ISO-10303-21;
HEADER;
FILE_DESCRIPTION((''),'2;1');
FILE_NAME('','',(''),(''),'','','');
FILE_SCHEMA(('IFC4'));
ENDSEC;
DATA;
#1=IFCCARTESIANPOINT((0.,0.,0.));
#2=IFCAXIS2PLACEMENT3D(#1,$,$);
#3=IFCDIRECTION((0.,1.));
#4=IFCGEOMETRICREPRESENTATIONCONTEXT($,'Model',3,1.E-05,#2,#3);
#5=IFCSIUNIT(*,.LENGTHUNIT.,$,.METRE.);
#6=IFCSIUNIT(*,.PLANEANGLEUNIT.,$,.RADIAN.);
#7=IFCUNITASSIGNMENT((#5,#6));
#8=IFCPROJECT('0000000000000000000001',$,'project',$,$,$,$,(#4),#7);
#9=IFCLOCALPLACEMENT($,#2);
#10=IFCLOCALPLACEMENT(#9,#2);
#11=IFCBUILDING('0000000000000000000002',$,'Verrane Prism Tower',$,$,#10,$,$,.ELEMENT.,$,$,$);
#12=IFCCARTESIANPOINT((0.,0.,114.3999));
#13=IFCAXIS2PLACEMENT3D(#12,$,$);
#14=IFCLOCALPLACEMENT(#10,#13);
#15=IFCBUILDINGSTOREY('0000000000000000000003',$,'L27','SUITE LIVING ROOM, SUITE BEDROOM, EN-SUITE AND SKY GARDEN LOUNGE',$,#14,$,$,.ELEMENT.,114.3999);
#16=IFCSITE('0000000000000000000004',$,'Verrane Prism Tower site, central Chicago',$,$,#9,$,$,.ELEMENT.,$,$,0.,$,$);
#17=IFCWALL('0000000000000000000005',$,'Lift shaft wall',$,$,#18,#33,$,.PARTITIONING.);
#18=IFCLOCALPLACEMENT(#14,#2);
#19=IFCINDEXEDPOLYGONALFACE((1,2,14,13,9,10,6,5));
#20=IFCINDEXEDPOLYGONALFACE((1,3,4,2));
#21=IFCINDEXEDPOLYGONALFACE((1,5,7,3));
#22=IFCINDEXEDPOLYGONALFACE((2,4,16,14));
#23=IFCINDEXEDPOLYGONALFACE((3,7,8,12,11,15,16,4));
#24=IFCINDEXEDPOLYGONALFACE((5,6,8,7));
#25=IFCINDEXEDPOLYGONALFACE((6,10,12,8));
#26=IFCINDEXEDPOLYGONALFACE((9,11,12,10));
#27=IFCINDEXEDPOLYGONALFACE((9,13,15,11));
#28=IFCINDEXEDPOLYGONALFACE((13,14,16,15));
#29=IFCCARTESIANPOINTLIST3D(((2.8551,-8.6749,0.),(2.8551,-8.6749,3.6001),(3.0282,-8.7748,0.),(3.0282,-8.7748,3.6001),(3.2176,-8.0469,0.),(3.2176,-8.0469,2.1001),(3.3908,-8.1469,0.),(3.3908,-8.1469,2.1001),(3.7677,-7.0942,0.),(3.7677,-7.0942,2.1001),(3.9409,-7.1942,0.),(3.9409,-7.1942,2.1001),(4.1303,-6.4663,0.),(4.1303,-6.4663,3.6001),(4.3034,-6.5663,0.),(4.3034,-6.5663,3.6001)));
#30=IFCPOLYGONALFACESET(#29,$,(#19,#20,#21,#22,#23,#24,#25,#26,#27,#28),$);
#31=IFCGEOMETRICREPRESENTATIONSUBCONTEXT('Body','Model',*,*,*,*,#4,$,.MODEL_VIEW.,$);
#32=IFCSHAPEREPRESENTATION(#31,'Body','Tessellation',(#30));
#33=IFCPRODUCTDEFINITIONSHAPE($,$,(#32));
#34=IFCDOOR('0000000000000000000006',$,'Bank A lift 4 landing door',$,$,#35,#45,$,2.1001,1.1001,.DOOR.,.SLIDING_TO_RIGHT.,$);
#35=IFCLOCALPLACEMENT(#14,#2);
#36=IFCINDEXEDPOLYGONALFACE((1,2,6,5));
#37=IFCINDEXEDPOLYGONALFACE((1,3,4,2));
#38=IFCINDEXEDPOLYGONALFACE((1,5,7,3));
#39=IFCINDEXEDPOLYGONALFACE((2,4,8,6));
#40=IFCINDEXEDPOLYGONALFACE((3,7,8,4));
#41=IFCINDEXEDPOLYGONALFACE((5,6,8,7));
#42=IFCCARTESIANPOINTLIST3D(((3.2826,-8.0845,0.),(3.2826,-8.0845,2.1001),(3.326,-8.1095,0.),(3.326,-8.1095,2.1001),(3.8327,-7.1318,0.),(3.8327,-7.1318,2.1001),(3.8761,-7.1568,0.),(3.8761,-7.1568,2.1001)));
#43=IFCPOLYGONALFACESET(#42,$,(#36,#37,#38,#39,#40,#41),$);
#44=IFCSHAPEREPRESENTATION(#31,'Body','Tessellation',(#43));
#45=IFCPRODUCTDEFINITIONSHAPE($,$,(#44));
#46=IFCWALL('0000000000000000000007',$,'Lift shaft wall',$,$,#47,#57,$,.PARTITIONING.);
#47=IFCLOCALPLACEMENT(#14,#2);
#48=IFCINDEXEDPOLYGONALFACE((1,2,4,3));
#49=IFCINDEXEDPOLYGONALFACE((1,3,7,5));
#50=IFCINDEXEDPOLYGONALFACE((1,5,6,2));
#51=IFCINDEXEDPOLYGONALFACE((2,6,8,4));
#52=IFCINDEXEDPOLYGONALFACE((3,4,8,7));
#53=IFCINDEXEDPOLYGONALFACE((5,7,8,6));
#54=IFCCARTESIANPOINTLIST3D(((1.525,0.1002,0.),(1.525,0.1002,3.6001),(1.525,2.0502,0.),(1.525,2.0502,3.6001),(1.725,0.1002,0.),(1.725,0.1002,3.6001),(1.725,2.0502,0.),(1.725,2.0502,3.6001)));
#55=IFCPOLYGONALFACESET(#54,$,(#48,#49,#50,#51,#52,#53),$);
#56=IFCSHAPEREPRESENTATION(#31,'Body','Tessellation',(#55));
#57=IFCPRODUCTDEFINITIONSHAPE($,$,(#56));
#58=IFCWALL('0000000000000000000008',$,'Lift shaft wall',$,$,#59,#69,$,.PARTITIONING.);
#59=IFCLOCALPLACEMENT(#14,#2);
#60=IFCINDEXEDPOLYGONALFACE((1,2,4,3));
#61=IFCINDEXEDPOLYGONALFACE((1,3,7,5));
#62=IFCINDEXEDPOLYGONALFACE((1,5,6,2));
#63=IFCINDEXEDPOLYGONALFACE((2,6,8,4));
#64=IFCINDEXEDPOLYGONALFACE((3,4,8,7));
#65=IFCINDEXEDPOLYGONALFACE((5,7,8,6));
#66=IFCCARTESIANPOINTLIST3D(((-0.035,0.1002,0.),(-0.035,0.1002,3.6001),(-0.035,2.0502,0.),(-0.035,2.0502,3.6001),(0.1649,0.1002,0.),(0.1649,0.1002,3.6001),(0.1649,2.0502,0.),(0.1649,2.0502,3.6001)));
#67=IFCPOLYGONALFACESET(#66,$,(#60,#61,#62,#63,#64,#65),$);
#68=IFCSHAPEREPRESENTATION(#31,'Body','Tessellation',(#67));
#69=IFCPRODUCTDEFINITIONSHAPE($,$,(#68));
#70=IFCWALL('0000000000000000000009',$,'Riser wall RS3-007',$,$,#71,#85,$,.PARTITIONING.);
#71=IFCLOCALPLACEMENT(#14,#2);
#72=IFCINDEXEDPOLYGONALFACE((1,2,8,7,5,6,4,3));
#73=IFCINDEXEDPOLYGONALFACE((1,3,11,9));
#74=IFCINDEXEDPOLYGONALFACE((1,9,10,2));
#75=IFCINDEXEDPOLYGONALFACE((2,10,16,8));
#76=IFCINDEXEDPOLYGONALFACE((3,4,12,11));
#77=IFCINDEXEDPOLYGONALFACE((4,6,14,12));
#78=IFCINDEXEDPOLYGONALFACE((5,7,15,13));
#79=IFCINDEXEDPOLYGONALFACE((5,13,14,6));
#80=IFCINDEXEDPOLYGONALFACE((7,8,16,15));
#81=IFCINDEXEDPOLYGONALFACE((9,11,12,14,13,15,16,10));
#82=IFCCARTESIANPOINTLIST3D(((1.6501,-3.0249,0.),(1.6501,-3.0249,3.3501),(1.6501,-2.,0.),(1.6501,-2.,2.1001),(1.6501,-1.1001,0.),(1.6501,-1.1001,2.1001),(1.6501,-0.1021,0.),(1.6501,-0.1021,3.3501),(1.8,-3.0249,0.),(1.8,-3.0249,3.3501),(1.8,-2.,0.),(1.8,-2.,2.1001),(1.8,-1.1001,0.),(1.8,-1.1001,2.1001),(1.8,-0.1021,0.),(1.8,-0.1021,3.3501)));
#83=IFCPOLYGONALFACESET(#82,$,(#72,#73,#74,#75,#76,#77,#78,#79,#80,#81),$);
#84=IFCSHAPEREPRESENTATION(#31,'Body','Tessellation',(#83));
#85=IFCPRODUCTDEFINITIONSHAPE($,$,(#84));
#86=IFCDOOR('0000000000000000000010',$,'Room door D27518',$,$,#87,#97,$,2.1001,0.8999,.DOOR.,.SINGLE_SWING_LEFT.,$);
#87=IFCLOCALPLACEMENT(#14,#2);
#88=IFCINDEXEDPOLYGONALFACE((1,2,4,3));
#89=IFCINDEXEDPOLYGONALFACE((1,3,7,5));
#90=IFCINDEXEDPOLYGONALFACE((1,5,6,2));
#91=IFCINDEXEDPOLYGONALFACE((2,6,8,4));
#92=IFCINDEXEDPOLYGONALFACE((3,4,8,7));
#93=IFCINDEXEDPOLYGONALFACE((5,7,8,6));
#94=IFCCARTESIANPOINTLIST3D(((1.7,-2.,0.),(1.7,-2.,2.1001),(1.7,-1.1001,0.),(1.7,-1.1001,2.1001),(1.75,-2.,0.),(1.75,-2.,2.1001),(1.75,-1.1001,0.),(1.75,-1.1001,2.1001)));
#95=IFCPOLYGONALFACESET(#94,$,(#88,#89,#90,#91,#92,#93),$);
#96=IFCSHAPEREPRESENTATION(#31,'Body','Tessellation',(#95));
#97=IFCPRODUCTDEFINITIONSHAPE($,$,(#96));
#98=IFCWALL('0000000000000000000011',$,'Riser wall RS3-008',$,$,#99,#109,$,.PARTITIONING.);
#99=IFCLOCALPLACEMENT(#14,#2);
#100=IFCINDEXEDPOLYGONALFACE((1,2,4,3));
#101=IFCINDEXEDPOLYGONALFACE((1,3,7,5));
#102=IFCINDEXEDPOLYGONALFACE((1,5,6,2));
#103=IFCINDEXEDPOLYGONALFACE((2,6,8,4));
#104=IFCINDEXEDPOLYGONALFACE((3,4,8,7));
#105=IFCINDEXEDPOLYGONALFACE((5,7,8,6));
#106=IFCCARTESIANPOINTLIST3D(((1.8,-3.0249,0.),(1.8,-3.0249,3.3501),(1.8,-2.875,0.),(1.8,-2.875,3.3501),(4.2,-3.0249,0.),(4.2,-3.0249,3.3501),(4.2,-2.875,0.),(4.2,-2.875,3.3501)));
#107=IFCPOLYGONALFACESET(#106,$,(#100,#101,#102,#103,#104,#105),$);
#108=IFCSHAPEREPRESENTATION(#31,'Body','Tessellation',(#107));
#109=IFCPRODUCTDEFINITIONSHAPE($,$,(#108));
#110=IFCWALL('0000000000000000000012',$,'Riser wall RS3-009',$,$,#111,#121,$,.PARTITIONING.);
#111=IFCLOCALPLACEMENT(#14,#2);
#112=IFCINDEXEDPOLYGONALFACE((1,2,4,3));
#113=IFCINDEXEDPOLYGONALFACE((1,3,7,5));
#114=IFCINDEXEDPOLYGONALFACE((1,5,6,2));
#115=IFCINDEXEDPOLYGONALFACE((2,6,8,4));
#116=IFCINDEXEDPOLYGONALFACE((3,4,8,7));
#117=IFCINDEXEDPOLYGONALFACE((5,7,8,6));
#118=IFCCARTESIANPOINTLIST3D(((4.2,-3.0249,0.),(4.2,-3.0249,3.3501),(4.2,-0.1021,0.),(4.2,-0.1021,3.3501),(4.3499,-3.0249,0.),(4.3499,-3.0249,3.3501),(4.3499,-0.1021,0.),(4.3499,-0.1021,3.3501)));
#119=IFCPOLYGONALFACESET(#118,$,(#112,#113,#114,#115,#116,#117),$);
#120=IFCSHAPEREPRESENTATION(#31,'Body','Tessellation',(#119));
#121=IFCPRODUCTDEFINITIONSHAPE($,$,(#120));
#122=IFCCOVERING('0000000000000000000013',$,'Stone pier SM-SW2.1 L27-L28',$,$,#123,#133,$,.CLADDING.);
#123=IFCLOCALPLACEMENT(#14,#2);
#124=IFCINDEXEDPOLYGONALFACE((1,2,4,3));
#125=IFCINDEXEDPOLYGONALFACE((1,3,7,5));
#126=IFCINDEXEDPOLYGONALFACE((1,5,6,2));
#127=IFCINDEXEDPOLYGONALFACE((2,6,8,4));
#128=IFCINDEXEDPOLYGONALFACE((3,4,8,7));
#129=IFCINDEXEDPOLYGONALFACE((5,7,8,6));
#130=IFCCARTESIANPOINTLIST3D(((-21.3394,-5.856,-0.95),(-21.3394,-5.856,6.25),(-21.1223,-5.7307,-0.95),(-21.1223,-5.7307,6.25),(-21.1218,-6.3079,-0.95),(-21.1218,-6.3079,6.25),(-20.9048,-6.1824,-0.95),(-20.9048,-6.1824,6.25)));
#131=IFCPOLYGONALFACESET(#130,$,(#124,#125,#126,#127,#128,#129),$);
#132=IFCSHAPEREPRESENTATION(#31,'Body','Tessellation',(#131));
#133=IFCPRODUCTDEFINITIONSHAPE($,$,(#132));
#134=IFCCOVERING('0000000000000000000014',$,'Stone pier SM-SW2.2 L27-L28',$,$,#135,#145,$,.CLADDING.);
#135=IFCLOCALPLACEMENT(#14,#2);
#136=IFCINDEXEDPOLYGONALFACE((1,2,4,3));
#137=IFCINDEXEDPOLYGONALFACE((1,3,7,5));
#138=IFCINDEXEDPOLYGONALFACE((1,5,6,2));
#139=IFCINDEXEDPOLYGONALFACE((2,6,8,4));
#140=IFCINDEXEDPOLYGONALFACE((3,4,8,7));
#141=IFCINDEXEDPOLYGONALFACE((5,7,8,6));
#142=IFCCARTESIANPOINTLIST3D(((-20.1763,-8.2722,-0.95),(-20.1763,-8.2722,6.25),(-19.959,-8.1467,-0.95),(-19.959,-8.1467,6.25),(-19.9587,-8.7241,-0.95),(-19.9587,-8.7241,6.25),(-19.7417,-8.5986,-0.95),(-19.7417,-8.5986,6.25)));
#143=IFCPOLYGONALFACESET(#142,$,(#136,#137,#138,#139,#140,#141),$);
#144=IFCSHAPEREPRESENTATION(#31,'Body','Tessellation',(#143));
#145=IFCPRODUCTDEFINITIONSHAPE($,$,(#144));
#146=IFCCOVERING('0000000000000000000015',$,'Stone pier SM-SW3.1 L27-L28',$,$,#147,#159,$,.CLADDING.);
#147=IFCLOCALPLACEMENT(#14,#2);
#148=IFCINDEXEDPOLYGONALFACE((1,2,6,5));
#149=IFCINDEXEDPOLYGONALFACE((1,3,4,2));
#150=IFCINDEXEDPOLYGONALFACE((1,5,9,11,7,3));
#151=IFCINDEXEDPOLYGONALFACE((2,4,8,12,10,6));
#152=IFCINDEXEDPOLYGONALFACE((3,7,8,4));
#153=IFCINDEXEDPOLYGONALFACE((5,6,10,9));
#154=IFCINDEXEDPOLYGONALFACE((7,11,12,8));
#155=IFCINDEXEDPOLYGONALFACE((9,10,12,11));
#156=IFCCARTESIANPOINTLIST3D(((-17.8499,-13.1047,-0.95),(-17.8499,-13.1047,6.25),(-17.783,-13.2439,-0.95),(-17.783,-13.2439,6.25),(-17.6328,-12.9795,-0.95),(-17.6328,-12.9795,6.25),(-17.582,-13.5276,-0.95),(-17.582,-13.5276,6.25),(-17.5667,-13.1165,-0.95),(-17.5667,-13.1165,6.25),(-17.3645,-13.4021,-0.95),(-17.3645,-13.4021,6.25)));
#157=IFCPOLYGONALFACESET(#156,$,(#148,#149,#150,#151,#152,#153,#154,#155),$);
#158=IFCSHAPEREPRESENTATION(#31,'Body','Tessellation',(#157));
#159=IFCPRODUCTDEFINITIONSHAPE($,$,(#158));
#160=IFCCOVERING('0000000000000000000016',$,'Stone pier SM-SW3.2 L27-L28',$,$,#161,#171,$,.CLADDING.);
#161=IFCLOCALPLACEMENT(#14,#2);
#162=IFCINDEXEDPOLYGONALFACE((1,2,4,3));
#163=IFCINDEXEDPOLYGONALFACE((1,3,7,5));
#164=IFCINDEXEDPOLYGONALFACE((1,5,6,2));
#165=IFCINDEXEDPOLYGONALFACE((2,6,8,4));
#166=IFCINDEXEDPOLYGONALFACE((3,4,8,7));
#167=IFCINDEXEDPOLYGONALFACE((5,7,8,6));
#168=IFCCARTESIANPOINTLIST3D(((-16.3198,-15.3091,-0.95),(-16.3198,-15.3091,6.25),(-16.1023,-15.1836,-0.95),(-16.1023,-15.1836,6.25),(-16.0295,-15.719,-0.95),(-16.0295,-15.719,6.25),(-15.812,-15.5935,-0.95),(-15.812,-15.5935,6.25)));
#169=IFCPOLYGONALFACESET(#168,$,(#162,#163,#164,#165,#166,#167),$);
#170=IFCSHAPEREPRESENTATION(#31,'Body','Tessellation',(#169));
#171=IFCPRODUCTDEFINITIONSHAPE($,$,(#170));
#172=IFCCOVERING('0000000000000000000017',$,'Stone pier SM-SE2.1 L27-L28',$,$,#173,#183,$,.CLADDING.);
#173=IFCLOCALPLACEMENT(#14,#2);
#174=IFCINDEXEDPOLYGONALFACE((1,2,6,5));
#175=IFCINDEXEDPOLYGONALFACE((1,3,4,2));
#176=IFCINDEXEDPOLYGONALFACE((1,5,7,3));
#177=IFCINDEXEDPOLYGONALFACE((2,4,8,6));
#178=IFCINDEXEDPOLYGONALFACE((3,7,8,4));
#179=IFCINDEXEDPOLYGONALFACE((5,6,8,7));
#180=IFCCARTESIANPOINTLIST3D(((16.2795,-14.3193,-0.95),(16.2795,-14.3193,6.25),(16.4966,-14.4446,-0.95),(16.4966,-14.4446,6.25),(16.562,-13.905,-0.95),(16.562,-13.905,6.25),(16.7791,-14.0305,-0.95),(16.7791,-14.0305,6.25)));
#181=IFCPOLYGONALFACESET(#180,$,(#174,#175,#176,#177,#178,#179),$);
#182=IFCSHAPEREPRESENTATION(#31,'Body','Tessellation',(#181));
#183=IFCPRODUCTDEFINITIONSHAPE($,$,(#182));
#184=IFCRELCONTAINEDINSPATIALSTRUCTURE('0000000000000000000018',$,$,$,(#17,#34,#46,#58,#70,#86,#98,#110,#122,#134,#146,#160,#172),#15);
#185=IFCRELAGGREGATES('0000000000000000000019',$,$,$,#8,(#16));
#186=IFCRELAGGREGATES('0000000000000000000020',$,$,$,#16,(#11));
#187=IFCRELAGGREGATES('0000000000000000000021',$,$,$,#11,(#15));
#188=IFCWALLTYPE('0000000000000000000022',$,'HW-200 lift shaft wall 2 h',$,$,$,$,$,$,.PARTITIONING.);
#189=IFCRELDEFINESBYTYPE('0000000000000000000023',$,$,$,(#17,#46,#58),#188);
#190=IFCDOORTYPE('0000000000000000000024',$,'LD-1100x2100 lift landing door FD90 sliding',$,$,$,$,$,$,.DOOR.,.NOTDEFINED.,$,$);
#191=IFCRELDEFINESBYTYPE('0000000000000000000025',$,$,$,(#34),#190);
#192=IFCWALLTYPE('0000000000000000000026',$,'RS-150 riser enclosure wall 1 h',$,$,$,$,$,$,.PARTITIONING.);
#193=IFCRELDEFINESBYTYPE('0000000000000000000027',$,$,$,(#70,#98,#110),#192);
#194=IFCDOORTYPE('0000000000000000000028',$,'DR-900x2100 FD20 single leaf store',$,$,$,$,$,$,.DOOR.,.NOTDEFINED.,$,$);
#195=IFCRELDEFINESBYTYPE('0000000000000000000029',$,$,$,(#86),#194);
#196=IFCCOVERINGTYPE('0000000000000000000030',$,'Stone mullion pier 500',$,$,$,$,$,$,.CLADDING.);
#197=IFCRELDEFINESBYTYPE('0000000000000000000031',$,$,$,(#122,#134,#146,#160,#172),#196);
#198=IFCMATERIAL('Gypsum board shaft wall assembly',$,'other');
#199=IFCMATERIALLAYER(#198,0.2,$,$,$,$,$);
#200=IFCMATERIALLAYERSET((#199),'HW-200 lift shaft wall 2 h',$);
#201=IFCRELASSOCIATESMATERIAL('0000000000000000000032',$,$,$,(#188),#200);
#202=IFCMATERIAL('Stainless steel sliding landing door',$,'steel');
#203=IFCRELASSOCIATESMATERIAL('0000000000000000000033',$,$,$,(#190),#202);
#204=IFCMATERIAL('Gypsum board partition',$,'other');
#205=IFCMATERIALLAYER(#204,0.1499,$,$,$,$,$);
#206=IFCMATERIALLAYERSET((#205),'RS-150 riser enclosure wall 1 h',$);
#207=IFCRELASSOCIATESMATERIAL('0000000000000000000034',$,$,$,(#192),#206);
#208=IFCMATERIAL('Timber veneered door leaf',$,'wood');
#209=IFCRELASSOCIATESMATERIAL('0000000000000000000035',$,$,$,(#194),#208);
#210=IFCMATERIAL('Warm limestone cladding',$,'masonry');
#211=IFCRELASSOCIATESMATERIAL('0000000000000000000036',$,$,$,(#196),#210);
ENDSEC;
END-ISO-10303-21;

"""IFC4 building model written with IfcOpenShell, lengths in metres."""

from ifc_helpers import new_model, si_unit, direction, frame, frame_2d, origin, place, context, subcontext, project, spatial, polyline, rectangle, outline, extrude, material, layer, layer_set, type_object, element, fill, save


model = new_model("IFC4")

# Units and contexts
model_context = context("Model", 3, precision=1e-05, world=origin(), true_north=direction((0.0, 1.0)))
body_context = subcontext(model_context, "Body", "Model", "MODEL_VIEW")
ifc_project = project(units=[si_unit("LENGTHUNIT", "METRE"), si_unit("PLANEANGLEUNIT", "RADIAN")], contexts=[model_context])

# Site, building, storey
site_placement = place(None, origin())
site = spatial("IfcSite", under=ifc_project, at=site_placement, Name="Verrane Prism Tower site, central Chicago", CompositionType="ELEMENT", RefElevation=0.0)
building_placement = place(site_placement, origin())
building = spatial("IfcBuilding", under=site, at=building_placement, Name="Verrane Prism Tower", CompositionType="ELEMENT")
storey_placement = place(building_placement, frame((0.0, 0.0, 114.3999)))
storey = spatial("IfcBuildingStorey", under=building, at=storey_placement, Name="L27", Description="SUITE LIVING ROOM, SUITE BEDROOM, EN-SUITE AND SKY GARDEN LOUNGE", CompositionType="ELEMENT", Elevation=114.3999)

# Shared definitions
ifc_material_1 = material(Name="Gypsum board shaft wall assembly", Category="other")
ifc_layer_1 = layer(ifc_material_1, 0.2)
ifc_layer_set_1 = layer_set([ifc_layer_1], Name="HW-200 lift shaft wall 2 h")
wall_type_1 = type_object("IfcWallType", Name="HW-200 lift shaft wall 2 h", PredefinedType="PARTITIONING", material=ifc_layer_set_1)

# Wall, opening, door
wall_1_placement = place(storey_placement, frame((2.9417, -8.7249, 0.0), z_axis=(0.0, 0.0, 1.0), x_axis=(0.500021, 0.866013, 0.0)))
wall_1 = element("IfcWall", 1, at=wall_1_placement, inside=storey, type_object=wall_type_1, Name="Lift shaft wall", PredefinedType="PARTITIONING", context=body_context, shape_type="SweptSolid", body=[
    extrude(rectangle(XDim=2.5503, YDim=0.2, at=frame_2d((1.2751, 0.0))), origin(), (0.0, 0.0, 1.0), 3.6001),
])
opening_1_placement = place(wall_1_placement, frame((0.7251, 0.0, 0.0)))
opening_1 = element("IfcOpeningElement", 2, at=opening_1_placement, cuts=wall_1, PredefinedType="OPENING", context=body_context, shape_type="SweptSolid", body=[
    extrude(rectangle(XDim=1.1001, YDim=2.1001, at=frame_2d((0.55, 1.05))), frame((0.0, 0.1099, 0.0), z_axis=(0.0, -1.0, 0.0), x_axis=(1.0, 0.0, 0.0)), (0.0, 0.0, 1.0), 0.22),
])
ifc_material_2 = material(Name="Stainless steel sliding landing door", Category="steel")
door_type_1 = type_object("IfcDoorType", Name="LD-1100x2100 lift landing door FD90 sliding", OperationType="NOTDEFINED", PredefinedType="DOOR", material=ifc_material_2)
door_1_placement = place(opening_1_placement, origin())
door_1 = element("IfcDoor", 3, at=door_1_placement, inside=storey, type_object=door_type_1, Name="Bank A lift 4 landing door", OperationType="SLIDING_TO_RIGHT", OverallHeight=2.1001, OverallWidth=1.1001, PredefinedType="DOOR", context=body_context, shape_type="SweptSolid", body=[
    extrude(rectangle(XDim=1.1001, YDim=2.1001, at=frame_2d((0.55, 1.05))), frame((0.0, 0.0249, 0.0), z_axis=(0.0, -1.0, 0.0), x_axis=(1.0, 0.0, 0.0)), (0.0, 0.0, 1.0), 0.05),
])
fill(opening_1, door_1)

# Walls
for number, where, z_axis, x_axis, name in (
    (4, (1.625, 0.1001, 0.0), (0.0, 0.0, 1.0), (0.0, 1.0, 0.0), "Lift shaft wall"),
    (5, (0.0649, 0.1001, 0.0), (0.0, 0.0, 1.0), (0.0, 1.0, 0.0), "Lift shaft wall"),
):
    element("IfcWall", number, at=place(storey_placement, frame(where, z_axis=z_axis, x_axis=x_axis)), inside=storey, type_object=wall_type_1, Name=name, PredefinedType="PARTITIONING", context=body_context, shape_type="SweptSolid", body=[
        extrude(rectangle(XDim=1.95, YDim=0.2, at=frame_2d((0.9751, 0.0))), origin(), (0.0, 0.0, 1.0), 3.6001),
    ])

# Wall, opening, door
ifc_material_3 = material(Name="Gypsum board partition", Category="other")
ifc_layer_2 = layer(ifc_material_3, 0.1499)
ifc_layer_set_2 = layer_set([ifc_layer_2], Name="RS-150 riser enclosure wall 1 h")
wall_type_2 = type_object("IfcWallType", Name="RS-150 riser enclosure wall 1 h", PredefinedType="PARTITIONING", material=ifc_layer_set_2)
wall_2_placement = place(storey_placement, frame((1.7251, -0.1021, 0.0), z_axis=(0.0, 0.0, 1.0), x_axis=(0.0, -1.0, 0.0)))
wall_2 = element("IfcWall", 6, at=wall_2_placement, inside=storey, type_object=wall_type_2, Name="Riser wall RS3-007", PredefinedType="PARTITIONING", context=body_context, shape_type="SweptSolid", body=[
    extrude(rectangle(XDim=2.9229, YDim=0.1499, at=frame_2d((1.4614, 0.0))), origin(), (0.0, 0.0, 1.0), 3.3501),
])
opening_2_placement = place(wall_2_placement, frame((0.998, 0.0, 0.0)))
opening_2 = element("IfcOpeningElement", 7, at=opening_2_placement, cuts=wall_2, PredefinedType="OPENING", context=body_context, shape_type="SweptSolid", body=[
    extrude(rectangle(XDim=0.8999, YDim=2.1001, at=frame_2d((0.45, 1.05))), frame((0.0, 0.085, 0.0), z_axis=(0.0, -1.0, 0.0), x_axis=(1.0, 0.0, 0.0)), (0.0, 0.0, 1.0), 0.1699),
])
ifc_material_4 = material(Name="Timber veneered door leaf", Category="wood")
door_type_2 = type_object("IfcDoorType", Name="DR-900x2100 FD20 single leaf store", OperationType="NOTDEFINED", PredefinedType="DOOR", material=ifc_material_4)
door_2_placement = place(opening_2_placement, origin())
door_2 = element("IfcDoor", 8, at=door_2_placement, inside=storey, type_object=door_type_2, Name="Room door D27518", OperationType="SINGLE_SWING_LEFT", OverallHeight=2.1001, OverallWidth=0.8999, PredefinedType="DOOR", context=body_context, shape_type="SweptSolid", body=[
    extrude(rectangle(XDim=0.8999, YDim=2.1001, at=frame_2d((0.45, 1.05))), frame((0.0, 0.0249, 0.0), z_axis=(0.0, -1.0, 0.0), x_axis=(1.0, 0.0, 0.0)), (0.0, 0.0, 1.0), 0.05),
])
fill(opening_2, door_2)

# Walls
wall_3_placement = place(storey_placement, frame((1.8, -2.95, 0.0), z_axis=(0.0, 0.0, 1.0), x_axis=(1.0, 0.0, 0.0)))
element("IfcWall", 9, at=wall_3_placement, inside=storey, type_object=wall_type_2, Name="Riser wall RS3-008", PredefinedType="PARTITIONING", context=body_context, shape_type="SweptSolid", body=[
    extrude(rectangle(XDim=2.3999, YDim=0.1499, at=frame_2d((1.2, 0.0))), origin(), (0.0, 0.0, 1.0), 3.3501),
])
wall_4_placement = place(storey_placement, frame((4.2749, -3.0249, 0.0), z_axis=(0.0, 0.0, 1.0), x_axis=(0.0, 1.0, 0.0)))
element("IfcWall", 10, at=wall_4_placement, inside=storey, type_object=wall_type_2, Name="Riser wall RS3-009", PredefinedType="PARTITIONING", context=body_context, shape_type="SweptSolid", body=[
    extrude(rectangle(XDim=2.9229, YDim=0.1499, at=frame_2d((1.4614, 0.0))), origin(), (0.0, 0.0, 1.0), 3.3501),
])

# Coverings
ifc_material_5 = material(Name="Warm limestone cladding", Category="masonry")
covering_type_1 = type_object("IfcCoveringType", Name="Stone mullion pier 500", PredefinedType="CLADDING", material=ifc_material_5)
covering_1_placement = place(storey_placement, frame((0.0, 0.0, -0.95)))
element("IfcCovering", 11, at=covering_1_placement, inside=storey, type_object=covering_type_1, Name="Stone pier SM-SW2.1 L27-L28", PredefinedType="CLADDING", context=body_context, shape_type="SweptSolid", body=[
    extrude(outline(polyline([(-20.9048, -6.1824), (-21.1223, -5.7307), (-21.3394, -5.856), (-21.1218, -6.3079), (-20.9048, -6.1824)])), origin(), (0.0, 0.0, 1.0), 7.2),
])
covering_2_placement = place(storey_placement, frame((0.0, 0.0, -0.95)))
element("IfcCovering", 12, at=covering_2_placement, inside=storey, type_object=covering_type_1, Name="Stone pier SM-SW2.2 L27-L28", PredefinedType="CLADDING", context=body_context, shape_type="SweptSolid", body=[
    extrude(outline(polyline([(-19.7417, -8.5986), (-19.959, -8.1467), (-20.1763, -8.2722), (-19.9587, -8.7241), (-19.7417, -8.5986)])), origin(), (0.0, 0.0, 1.0), 7.2),
])
covering_3_placement = place(storey_placement, frame((0.0, 0.0, -0.95)))
element("IfcCovering", 13, at=covering_3_placement, inside=storey, type_object=covering_type_1, Name="Stone pier SM-SW3.1 L27-L28", PredefinedType="CLADDING", context=body_context, shape_type="SweptSolid", body=[
    extrude(outline(polyline([(-17.3645, -13.4021), (-17.5667, -13.1165), (-17.6328, -12.9795), (-17.8499, -13.1047), (-17.783, -13.2439), (-17.582, -13.5276), (-17.3645, -13.4021)])), origin(), (0.0, 0.0, 1.0), 7.2),
])
covering_4_placement = place(storey_placement, frame((0.0, 0.0, -0.95)))
element("IfcCovering", 14, at=covering_4_placement, inside=storey, type_object=covering_type_1, Name="Stone pier SM-SW3.2 L27-L28", PredefinedType="CLADDING", context=body_context, shape_type="SweptSolid", body=[
    extrude(outline(polyline([(-15.812, -15.5935), (-16.1023, -15.1836), (-16.3198, -15.3091), (-16.0295, -15.719), (-15.812, -15.5935)])), origin(), (0.0, 0.0, 1.0), 7.2),
])
covering_5_placement = place(storey_placement, frame((0.0, 0.0, -0.95)))
element("IfcCovering", 15, at=covering_5_placement, inside=storey, type_object=covering_type_1, Name="Stone pier SM-SE2.1 L27-L28", PredefinedType="CLADDING", context=body_context, shape_type="SweptSolid", body=[
    extrude(outline(polyline([(16.562, -13.905), (16.2795, -14.3193), (16.4966, -14.4446), (16.7791, -14.0305), (16.562, -13.905)])), origin(), (0.0, 0.0, 1.0), 7.2),
])

save(model, "model.ifc")
